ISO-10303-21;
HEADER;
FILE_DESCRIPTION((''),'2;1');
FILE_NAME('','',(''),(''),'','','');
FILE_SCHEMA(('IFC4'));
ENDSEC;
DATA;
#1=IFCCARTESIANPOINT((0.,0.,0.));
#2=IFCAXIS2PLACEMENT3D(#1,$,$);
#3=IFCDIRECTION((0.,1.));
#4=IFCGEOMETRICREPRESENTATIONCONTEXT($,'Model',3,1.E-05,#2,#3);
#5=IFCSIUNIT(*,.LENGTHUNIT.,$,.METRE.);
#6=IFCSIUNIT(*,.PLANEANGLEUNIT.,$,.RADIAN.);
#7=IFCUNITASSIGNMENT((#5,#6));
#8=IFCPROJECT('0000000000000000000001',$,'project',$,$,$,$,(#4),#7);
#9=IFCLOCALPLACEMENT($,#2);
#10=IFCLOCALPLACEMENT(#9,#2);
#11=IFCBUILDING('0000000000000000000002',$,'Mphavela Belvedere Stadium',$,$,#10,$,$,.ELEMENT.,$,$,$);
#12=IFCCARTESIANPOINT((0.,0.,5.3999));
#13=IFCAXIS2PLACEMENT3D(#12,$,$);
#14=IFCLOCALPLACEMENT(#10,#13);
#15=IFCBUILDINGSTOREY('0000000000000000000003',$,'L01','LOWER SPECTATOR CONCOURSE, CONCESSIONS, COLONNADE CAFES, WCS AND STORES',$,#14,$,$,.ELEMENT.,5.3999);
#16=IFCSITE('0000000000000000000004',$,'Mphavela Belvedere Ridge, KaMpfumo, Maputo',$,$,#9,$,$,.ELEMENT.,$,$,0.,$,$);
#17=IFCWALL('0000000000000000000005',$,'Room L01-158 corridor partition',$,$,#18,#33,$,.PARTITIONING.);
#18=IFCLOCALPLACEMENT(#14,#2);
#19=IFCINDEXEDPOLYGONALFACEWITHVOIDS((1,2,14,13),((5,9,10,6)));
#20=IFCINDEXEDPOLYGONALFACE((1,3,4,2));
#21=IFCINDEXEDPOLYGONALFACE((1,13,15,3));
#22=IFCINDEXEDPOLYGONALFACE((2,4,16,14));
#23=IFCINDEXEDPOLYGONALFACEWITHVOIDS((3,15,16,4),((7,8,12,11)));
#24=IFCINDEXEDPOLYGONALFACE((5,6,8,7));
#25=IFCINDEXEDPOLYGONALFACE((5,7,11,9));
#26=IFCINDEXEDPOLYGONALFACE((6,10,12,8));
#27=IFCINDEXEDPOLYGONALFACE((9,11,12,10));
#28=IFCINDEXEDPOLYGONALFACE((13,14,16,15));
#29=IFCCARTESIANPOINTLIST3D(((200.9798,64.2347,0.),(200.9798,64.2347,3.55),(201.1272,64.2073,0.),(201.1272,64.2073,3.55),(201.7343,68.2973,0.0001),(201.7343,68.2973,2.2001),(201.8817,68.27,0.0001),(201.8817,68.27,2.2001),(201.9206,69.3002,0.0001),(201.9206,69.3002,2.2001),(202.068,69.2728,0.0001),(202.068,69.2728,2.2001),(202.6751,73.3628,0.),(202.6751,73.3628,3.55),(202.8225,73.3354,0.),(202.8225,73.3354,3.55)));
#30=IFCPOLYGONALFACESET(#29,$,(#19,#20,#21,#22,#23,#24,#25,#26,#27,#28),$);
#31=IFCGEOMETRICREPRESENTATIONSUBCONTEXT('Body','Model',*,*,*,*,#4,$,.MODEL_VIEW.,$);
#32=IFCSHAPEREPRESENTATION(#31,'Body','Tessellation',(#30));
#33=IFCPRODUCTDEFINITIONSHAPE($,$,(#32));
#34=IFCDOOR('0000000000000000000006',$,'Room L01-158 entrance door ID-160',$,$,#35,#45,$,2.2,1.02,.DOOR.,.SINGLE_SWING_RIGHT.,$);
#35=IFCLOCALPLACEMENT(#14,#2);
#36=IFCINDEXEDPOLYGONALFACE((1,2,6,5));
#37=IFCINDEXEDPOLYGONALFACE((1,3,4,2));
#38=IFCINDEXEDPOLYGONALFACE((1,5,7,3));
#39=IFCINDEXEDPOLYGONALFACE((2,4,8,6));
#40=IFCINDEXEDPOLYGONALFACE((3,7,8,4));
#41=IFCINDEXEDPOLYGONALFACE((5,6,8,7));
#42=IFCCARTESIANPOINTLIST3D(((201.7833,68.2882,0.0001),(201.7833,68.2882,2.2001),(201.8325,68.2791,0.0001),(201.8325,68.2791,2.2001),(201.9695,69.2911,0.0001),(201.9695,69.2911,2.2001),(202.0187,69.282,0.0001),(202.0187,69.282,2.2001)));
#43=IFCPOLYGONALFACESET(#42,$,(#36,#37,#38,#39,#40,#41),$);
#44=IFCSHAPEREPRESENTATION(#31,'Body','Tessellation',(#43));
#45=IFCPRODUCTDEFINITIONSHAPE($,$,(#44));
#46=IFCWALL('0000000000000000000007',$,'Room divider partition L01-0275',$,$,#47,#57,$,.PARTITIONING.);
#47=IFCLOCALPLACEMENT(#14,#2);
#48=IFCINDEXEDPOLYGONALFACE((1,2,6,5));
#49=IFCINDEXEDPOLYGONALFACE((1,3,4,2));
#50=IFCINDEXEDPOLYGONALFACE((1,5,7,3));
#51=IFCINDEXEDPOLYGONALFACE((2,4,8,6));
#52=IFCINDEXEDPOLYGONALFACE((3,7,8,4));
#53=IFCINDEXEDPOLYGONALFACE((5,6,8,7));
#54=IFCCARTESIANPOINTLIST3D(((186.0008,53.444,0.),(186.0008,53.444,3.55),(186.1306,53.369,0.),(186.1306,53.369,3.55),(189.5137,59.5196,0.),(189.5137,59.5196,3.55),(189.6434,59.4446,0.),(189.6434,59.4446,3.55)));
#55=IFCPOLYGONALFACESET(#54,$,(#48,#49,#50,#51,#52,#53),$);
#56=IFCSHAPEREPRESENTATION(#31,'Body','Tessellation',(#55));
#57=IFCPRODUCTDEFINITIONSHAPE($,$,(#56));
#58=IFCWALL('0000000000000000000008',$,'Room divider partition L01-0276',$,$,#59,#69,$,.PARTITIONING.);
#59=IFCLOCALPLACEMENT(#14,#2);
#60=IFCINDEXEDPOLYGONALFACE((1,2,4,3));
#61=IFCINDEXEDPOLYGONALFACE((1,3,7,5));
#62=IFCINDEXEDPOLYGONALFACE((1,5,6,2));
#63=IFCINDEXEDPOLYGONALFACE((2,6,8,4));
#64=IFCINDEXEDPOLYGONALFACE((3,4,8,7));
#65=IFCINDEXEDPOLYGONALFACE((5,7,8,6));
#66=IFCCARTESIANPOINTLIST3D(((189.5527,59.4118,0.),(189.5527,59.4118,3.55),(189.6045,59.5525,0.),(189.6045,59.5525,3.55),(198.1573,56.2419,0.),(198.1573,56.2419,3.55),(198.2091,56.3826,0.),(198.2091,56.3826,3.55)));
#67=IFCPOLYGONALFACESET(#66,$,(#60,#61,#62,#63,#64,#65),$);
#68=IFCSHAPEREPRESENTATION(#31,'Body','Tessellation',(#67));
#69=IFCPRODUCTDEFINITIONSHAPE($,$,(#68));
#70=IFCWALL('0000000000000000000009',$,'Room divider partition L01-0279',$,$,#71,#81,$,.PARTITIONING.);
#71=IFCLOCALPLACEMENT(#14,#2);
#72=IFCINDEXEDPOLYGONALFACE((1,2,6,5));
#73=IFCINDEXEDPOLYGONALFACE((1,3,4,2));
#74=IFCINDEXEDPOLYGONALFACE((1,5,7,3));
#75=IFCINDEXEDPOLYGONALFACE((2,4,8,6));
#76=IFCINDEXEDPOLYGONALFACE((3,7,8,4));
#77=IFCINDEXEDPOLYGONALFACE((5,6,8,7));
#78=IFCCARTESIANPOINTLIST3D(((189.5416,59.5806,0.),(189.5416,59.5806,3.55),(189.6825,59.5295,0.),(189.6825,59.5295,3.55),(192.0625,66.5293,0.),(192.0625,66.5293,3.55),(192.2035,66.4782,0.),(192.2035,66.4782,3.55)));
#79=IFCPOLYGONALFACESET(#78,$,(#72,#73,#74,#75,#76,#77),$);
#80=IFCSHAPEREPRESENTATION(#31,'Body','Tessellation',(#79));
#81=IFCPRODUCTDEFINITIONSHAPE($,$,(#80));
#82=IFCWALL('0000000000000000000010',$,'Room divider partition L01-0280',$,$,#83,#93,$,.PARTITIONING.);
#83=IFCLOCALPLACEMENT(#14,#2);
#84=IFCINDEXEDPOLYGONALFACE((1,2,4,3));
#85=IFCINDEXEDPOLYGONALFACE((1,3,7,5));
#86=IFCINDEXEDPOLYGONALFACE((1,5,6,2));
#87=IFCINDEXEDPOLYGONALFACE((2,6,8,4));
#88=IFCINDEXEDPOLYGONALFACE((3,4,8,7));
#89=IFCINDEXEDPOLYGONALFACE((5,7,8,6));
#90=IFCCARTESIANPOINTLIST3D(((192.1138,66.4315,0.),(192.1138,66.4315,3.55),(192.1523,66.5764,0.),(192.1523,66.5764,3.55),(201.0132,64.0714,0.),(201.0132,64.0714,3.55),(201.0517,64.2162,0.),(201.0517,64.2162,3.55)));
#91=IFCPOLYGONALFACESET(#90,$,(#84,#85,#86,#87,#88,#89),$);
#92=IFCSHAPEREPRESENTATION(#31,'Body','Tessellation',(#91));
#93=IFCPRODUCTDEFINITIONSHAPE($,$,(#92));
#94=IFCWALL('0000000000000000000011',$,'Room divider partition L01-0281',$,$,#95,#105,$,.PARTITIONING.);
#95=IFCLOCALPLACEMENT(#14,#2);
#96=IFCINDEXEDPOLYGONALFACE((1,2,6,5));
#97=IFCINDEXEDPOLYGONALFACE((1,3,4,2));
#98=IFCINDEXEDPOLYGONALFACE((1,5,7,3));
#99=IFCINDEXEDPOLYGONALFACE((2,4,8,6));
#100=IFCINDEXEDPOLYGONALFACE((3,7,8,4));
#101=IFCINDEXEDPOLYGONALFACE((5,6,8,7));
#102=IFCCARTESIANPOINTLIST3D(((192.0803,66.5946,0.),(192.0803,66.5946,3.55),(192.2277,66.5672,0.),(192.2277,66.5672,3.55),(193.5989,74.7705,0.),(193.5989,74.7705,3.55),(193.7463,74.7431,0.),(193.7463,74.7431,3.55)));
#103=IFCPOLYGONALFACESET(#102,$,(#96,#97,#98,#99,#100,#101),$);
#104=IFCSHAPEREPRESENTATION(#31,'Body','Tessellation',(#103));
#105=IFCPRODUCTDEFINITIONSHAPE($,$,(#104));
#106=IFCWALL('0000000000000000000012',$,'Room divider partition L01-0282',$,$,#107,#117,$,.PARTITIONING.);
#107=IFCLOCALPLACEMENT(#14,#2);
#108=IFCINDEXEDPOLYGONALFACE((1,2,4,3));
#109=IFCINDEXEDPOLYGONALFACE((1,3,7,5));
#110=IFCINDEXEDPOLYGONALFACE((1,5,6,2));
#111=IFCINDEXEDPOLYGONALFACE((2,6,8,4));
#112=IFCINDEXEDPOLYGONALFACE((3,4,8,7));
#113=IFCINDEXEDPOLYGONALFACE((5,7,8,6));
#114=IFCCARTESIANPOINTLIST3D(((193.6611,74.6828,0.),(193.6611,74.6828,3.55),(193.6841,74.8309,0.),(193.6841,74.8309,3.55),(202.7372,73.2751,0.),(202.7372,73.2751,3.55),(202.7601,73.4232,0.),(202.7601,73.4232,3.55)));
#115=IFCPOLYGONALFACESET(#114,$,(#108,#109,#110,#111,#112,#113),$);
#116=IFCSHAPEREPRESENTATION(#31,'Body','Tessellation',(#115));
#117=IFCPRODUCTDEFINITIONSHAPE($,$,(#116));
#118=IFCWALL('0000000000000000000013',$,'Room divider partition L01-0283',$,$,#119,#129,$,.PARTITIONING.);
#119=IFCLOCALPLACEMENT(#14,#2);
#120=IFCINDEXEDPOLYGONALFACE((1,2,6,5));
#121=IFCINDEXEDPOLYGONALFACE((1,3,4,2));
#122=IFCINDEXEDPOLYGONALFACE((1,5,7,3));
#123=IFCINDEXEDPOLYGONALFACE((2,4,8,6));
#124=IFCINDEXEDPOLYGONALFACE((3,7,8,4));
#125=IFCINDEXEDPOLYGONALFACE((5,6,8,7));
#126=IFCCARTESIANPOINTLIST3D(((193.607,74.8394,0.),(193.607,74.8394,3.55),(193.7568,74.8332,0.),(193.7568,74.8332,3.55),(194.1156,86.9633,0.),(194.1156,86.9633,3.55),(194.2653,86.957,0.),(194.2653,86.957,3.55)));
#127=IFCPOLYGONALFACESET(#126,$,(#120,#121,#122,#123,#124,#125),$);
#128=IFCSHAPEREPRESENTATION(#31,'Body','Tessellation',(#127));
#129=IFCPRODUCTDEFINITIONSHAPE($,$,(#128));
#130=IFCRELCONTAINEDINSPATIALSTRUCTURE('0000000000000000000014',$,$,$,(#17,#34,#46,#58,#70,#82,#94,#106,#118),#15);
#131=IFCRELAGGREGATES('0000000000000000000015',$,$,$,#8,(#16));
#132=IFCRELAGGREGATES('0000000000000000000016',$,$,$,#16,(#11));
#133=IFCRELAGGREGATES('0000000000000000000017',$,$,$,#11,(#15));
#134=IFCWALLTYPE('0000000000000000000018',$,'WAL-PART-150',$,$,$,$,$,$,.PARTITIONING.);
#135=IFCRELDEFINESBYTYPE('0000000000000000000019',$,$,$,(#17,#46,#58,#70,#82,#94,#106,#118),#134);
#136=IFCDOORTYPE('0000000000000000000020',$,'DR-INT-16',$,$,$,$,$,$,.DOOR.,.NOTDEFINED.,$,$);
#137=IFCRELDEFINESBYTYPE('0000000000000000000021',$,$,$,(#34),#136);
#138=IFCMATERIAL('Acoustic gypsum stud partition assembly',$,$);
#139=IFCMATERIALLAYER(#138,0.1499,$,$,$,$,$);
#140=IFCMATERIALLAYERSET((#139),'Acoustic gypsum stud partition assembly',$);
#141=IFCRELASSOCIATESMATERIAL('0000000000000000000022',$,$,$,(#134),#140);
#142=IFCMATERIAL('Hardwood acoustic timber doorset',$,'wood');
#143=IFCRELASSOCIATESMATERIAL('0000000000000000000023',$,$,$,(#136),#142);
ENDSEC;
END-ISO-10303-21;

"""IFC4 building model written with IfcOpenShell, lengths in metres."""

from ifc_helpers import new_model, si_unit, direction, frame, frame_2d, origin, place, context, subcontext, project, spatial, rectangle, extrude, material, layer, layer_set, type_object, element, fill, save


model = new_model("IFC4")

# Units and contexts
model_context = context("Model", 3, precision=1e-05, world=origin(), true_north=direction((0.0, 1.0)))
body_context = subcontext(model_context, "Body", "Model", "MODEL_VIEW")
ifc_project = project(units=[si_unit("LENGTHUNIT", "METRE"), si_unit("PLANEANGLEUNIT", "RADIAN")], contexts=[model_context])

# Site, building, storey
site_placement = place(None, origin())
site = spatial("IfcSite", under=ifc_project, at=site_placement, Name="Mphavela Belvedere Ridge, KaMpfumo, Maputo", CompositionType="ELEMENT", RefElevation=0.0)
building_placement = place(site_placement, origin())
building = spatial("IfcBuilding", under=site, at=building_placement, Name="Mphavela Belvedere Stadium", CompositionType="ELEMENT")
storey_placement = place(building_placement, frame((0.0, 0.0, 5.3999)))
storey = spatial("IfcBuildingStorey", under=building, at=storey_placement, Name="L01", Description="LOWER SPECTATOR CONCOURSE, CONCESSIONS, COLONNADE CAFES, WCS AND STORES", CompositionType="ELEMENT", Elevation=5.3999)

# Wall, opening, door
ifc_material_1 = material(Name="Acoustic gypsum stud partition assembly")
ifc_layer_1 = layer(ifc_material_1, 0.1499)
ifc_layer_set_1 = layer_set([ifc_layer_1], Name="Acoustic gypsum stud partition assembly")
wall_type_1 = type_object("IfcWallType", Name="WAL-PART-150", PredefinedType="PARTITIONING", material=ifc_layer_set_1)
wall_1_placement = place(storey_placement, frame((202.7488, 73.3491, 0.0), z_axis=(0.0, 0.0, 1.0), x_axis=(-0.182601, -0.983187, 0.0)))
wall_1 = element("IfcWall", 1, at=wall_1_placement, inside=storey, type_object=wall_type_1, Name="Room L01-158 corridor partition", PredefinedType="PARTITIONING", context=body_context, shape_type="SweptSolid", body=[
    extrude(rectangle(XDim=9.2842, YDim=0.1499, at=frame_2d((4.6421, 0.0))), origin(), (0.0, 0.0, 1.0), 3.55),
])
opening_1_placement = place(wall_1_placement, frame((4.1321, 0.0, 0.0)))
opening_1 = element("IfcOpeningElement", 2, at=opening_1_placement, cuts=wall_1, PredefinedType="OPENING", context=body_context, shape_type="SweptSolid", body=[
    extrude(rectangle(XDim=1.02, YDim=2.2, at=frame_2d((0.51, 1.1001))), frame((0.0, 0.085, 0.0), z_axis=(0.0, -1.0, 0.0), x_axis=(1.0, 0.0, 0.0)), (0.0, 0.0, 1.0), 0.1699),
])
ifc_material_2 = material(Name="Hardwood acoustic timber doorset", Category="wood")
door_type_1 = type_object("IfcDoorType", Name="DR-INT-16", OperationType="NOTDEFINED", PredefinedType="DOOR", material=ifc_material_2)
door_1_placement = place(opening_1_placement, origin())
door_1 = element("IfcDoor", 3, at=door_1_placement, inside=storey, type_object=door_type_1, Name="Room L01-158 entrance door ID-160", OperationType="SINGLE_SWING_RIGHT", OverallHeight=2.2, OverallWidth=1.02, PredefinedType="DOOR", context=body_context, shape_type="SweptSolid", body=[
    extrude(rectangle(XDim=1.02, YDim=2.2, at=frame_2d((0.51, 1.1001))), frame((0.0, 0.0249, 0.0), z_axis=(0.0, -1.0, 0.0), x_axis=(1.0, 0.0, 0.0)), (0.0, 0.0, 1.0), 0.05),
])
fill(opening_1, door_1)

# Walls
wall_2_placement = place(storey_placement, frame((186.0657, 53.4065, 0.0), z_axis=(0.0, 0.0, 1.0), x_axis=(0.500549, 0.865708, 0.0)))
element("IfcWall", 4, at=wall_2_placement, inside=storey, type_object=wall_type_1, Name="Room divider partition L01-0275", PredefinedType="PARTITIONING", context=body_context, shape_type="SweptSolid", body=[
    extrude(rectangle(XDim=7.0181, YDim=0.1499, at=frame_2d((3.509, 0.0))), origin(), (0.0, 0.0, 1.0), 3.55),
])
wall_3_placement = place(storey_placement, frame((189.5786, 59.4822, 0.0), z_axis=(0.0, 0.0, 1.0), x_axis=(0.938349, -0.345691, 0.0)))
element("IfcWall", 5, at=wall_3_placement, inside=storey, type_object=wall_type_1, Name="Room divider partition L01-0276", PredefinedType="PARTITIONING", context=body_context, shape_type="SweptSolid", body=[
    extrude(rectangle(XDim=9.1699, YDim=0.1499, at=frame_2d((4.585, 0.0))), origin(), (0.0, 0.0, 1.0), 3.55),
])
wall_4_placement = place(storey_placement, frame((189.6121, 59.5552, 0.0), z_axis=(0.0, 0.0, 1.0), x_axis=(0.341048, 0.940046, 0.0)))
element("IfcWall", 6, at=wall_4_placement, inside=storey, type_object=wall_type_1, Name="Room divider partition L01-0279", PredefinedType="PARTITIONING", context=body_context, shape_type="SweptSolid", body=[
    extrude(rectangle(XDim=7.3918, YDim=0.1499, at=frame_2d((3.6958, 0.0))), origin(), (0.0, 0.0, 1.0), 3.55),
])
wall_5_placement = place(storey_placement, frame((192.1331, 66.5039, 0.0), z_axis=(0.0, 0.0, 1.0), x_axis=(0.966587, -0.256337, 0.0)))
element("IfcWall", 7, at=wall_5_placement, inside=storey, type_object=wall_type_1, Name="Room divider partition L01-0280", PredefinedType="PARTITIONING", context=body_context, shape_type="SweptSolid", body=[
    extrude(rectangle(XDim=9.207, YDim=0.1499, at=frame_2d((4.6035, 0.0))), origin(), (0.0, 0.0, 1.0), 3.55),
])
wall_6_placement = place(storey_placement, frame((192.1541, 66.5811, 0.0), z_axis=(0.0, 0.0, 1.0), x_axis=(0.182615, 0.983185, 0.0)))
element("IfcWall", 8, at=wall_6_placement, inside=storey, type_object=wall_type_1, Name="Room divider partition L01-0281", PredefinedType="PARTITIONING", context=body_context, shape_type="SweptSolid", body=[
    extrude(rectangle(XDim=8.3157, YDim=0.1499, at=frame_2d((4.1577, 0.0))), origin(), (0.0, 0.0, 1.0), 3.55),
])
wall_7_placement = place(storey_placement, frame((193.6726, 74.7568, 0.0), z_axis=(0.0, 0.0, 1.0), x_axis=(0.988185, -0.153268, 0.0)))
element("IfcWall", 9, at=wall_7_placement, inside=storey, type_object=wall_type_1, Name="Room divider partition L01-0282", PredefinedType="PARTITIONING", context=body_context, shape_type="SweptSolid", body=[
    extrude(rectangle(XDim=9.1846, YDim=0.1499, at=frame_2d((4.5923, 0.0))), origin(), (0.0, 0.0, 1.0), 3.55),
])
wall_8_placement = place(storey_placement, frame((193.6819, 74.8362, 0.0), z_axis=(0.0, 0.0, 1.0), x_axis=(0.041909, 0.999121, 0.0)))
element("IfcWall", 10, at=wall_8_placement, inside=storey, type_object=wall_type_1, Name="Room divider partition L01-0283", PredefinedType="PARTITIONING", context=body_context, shape_type="SweptSolid", body=[
    extrude(rectangle(XDim=12.1345, YDim=0.1499, at=frame_2d((6.0674, 0.0))), origin(), (0.0, 0.0, 1.0), 3.55),
])

save(model, "model.ifc")
